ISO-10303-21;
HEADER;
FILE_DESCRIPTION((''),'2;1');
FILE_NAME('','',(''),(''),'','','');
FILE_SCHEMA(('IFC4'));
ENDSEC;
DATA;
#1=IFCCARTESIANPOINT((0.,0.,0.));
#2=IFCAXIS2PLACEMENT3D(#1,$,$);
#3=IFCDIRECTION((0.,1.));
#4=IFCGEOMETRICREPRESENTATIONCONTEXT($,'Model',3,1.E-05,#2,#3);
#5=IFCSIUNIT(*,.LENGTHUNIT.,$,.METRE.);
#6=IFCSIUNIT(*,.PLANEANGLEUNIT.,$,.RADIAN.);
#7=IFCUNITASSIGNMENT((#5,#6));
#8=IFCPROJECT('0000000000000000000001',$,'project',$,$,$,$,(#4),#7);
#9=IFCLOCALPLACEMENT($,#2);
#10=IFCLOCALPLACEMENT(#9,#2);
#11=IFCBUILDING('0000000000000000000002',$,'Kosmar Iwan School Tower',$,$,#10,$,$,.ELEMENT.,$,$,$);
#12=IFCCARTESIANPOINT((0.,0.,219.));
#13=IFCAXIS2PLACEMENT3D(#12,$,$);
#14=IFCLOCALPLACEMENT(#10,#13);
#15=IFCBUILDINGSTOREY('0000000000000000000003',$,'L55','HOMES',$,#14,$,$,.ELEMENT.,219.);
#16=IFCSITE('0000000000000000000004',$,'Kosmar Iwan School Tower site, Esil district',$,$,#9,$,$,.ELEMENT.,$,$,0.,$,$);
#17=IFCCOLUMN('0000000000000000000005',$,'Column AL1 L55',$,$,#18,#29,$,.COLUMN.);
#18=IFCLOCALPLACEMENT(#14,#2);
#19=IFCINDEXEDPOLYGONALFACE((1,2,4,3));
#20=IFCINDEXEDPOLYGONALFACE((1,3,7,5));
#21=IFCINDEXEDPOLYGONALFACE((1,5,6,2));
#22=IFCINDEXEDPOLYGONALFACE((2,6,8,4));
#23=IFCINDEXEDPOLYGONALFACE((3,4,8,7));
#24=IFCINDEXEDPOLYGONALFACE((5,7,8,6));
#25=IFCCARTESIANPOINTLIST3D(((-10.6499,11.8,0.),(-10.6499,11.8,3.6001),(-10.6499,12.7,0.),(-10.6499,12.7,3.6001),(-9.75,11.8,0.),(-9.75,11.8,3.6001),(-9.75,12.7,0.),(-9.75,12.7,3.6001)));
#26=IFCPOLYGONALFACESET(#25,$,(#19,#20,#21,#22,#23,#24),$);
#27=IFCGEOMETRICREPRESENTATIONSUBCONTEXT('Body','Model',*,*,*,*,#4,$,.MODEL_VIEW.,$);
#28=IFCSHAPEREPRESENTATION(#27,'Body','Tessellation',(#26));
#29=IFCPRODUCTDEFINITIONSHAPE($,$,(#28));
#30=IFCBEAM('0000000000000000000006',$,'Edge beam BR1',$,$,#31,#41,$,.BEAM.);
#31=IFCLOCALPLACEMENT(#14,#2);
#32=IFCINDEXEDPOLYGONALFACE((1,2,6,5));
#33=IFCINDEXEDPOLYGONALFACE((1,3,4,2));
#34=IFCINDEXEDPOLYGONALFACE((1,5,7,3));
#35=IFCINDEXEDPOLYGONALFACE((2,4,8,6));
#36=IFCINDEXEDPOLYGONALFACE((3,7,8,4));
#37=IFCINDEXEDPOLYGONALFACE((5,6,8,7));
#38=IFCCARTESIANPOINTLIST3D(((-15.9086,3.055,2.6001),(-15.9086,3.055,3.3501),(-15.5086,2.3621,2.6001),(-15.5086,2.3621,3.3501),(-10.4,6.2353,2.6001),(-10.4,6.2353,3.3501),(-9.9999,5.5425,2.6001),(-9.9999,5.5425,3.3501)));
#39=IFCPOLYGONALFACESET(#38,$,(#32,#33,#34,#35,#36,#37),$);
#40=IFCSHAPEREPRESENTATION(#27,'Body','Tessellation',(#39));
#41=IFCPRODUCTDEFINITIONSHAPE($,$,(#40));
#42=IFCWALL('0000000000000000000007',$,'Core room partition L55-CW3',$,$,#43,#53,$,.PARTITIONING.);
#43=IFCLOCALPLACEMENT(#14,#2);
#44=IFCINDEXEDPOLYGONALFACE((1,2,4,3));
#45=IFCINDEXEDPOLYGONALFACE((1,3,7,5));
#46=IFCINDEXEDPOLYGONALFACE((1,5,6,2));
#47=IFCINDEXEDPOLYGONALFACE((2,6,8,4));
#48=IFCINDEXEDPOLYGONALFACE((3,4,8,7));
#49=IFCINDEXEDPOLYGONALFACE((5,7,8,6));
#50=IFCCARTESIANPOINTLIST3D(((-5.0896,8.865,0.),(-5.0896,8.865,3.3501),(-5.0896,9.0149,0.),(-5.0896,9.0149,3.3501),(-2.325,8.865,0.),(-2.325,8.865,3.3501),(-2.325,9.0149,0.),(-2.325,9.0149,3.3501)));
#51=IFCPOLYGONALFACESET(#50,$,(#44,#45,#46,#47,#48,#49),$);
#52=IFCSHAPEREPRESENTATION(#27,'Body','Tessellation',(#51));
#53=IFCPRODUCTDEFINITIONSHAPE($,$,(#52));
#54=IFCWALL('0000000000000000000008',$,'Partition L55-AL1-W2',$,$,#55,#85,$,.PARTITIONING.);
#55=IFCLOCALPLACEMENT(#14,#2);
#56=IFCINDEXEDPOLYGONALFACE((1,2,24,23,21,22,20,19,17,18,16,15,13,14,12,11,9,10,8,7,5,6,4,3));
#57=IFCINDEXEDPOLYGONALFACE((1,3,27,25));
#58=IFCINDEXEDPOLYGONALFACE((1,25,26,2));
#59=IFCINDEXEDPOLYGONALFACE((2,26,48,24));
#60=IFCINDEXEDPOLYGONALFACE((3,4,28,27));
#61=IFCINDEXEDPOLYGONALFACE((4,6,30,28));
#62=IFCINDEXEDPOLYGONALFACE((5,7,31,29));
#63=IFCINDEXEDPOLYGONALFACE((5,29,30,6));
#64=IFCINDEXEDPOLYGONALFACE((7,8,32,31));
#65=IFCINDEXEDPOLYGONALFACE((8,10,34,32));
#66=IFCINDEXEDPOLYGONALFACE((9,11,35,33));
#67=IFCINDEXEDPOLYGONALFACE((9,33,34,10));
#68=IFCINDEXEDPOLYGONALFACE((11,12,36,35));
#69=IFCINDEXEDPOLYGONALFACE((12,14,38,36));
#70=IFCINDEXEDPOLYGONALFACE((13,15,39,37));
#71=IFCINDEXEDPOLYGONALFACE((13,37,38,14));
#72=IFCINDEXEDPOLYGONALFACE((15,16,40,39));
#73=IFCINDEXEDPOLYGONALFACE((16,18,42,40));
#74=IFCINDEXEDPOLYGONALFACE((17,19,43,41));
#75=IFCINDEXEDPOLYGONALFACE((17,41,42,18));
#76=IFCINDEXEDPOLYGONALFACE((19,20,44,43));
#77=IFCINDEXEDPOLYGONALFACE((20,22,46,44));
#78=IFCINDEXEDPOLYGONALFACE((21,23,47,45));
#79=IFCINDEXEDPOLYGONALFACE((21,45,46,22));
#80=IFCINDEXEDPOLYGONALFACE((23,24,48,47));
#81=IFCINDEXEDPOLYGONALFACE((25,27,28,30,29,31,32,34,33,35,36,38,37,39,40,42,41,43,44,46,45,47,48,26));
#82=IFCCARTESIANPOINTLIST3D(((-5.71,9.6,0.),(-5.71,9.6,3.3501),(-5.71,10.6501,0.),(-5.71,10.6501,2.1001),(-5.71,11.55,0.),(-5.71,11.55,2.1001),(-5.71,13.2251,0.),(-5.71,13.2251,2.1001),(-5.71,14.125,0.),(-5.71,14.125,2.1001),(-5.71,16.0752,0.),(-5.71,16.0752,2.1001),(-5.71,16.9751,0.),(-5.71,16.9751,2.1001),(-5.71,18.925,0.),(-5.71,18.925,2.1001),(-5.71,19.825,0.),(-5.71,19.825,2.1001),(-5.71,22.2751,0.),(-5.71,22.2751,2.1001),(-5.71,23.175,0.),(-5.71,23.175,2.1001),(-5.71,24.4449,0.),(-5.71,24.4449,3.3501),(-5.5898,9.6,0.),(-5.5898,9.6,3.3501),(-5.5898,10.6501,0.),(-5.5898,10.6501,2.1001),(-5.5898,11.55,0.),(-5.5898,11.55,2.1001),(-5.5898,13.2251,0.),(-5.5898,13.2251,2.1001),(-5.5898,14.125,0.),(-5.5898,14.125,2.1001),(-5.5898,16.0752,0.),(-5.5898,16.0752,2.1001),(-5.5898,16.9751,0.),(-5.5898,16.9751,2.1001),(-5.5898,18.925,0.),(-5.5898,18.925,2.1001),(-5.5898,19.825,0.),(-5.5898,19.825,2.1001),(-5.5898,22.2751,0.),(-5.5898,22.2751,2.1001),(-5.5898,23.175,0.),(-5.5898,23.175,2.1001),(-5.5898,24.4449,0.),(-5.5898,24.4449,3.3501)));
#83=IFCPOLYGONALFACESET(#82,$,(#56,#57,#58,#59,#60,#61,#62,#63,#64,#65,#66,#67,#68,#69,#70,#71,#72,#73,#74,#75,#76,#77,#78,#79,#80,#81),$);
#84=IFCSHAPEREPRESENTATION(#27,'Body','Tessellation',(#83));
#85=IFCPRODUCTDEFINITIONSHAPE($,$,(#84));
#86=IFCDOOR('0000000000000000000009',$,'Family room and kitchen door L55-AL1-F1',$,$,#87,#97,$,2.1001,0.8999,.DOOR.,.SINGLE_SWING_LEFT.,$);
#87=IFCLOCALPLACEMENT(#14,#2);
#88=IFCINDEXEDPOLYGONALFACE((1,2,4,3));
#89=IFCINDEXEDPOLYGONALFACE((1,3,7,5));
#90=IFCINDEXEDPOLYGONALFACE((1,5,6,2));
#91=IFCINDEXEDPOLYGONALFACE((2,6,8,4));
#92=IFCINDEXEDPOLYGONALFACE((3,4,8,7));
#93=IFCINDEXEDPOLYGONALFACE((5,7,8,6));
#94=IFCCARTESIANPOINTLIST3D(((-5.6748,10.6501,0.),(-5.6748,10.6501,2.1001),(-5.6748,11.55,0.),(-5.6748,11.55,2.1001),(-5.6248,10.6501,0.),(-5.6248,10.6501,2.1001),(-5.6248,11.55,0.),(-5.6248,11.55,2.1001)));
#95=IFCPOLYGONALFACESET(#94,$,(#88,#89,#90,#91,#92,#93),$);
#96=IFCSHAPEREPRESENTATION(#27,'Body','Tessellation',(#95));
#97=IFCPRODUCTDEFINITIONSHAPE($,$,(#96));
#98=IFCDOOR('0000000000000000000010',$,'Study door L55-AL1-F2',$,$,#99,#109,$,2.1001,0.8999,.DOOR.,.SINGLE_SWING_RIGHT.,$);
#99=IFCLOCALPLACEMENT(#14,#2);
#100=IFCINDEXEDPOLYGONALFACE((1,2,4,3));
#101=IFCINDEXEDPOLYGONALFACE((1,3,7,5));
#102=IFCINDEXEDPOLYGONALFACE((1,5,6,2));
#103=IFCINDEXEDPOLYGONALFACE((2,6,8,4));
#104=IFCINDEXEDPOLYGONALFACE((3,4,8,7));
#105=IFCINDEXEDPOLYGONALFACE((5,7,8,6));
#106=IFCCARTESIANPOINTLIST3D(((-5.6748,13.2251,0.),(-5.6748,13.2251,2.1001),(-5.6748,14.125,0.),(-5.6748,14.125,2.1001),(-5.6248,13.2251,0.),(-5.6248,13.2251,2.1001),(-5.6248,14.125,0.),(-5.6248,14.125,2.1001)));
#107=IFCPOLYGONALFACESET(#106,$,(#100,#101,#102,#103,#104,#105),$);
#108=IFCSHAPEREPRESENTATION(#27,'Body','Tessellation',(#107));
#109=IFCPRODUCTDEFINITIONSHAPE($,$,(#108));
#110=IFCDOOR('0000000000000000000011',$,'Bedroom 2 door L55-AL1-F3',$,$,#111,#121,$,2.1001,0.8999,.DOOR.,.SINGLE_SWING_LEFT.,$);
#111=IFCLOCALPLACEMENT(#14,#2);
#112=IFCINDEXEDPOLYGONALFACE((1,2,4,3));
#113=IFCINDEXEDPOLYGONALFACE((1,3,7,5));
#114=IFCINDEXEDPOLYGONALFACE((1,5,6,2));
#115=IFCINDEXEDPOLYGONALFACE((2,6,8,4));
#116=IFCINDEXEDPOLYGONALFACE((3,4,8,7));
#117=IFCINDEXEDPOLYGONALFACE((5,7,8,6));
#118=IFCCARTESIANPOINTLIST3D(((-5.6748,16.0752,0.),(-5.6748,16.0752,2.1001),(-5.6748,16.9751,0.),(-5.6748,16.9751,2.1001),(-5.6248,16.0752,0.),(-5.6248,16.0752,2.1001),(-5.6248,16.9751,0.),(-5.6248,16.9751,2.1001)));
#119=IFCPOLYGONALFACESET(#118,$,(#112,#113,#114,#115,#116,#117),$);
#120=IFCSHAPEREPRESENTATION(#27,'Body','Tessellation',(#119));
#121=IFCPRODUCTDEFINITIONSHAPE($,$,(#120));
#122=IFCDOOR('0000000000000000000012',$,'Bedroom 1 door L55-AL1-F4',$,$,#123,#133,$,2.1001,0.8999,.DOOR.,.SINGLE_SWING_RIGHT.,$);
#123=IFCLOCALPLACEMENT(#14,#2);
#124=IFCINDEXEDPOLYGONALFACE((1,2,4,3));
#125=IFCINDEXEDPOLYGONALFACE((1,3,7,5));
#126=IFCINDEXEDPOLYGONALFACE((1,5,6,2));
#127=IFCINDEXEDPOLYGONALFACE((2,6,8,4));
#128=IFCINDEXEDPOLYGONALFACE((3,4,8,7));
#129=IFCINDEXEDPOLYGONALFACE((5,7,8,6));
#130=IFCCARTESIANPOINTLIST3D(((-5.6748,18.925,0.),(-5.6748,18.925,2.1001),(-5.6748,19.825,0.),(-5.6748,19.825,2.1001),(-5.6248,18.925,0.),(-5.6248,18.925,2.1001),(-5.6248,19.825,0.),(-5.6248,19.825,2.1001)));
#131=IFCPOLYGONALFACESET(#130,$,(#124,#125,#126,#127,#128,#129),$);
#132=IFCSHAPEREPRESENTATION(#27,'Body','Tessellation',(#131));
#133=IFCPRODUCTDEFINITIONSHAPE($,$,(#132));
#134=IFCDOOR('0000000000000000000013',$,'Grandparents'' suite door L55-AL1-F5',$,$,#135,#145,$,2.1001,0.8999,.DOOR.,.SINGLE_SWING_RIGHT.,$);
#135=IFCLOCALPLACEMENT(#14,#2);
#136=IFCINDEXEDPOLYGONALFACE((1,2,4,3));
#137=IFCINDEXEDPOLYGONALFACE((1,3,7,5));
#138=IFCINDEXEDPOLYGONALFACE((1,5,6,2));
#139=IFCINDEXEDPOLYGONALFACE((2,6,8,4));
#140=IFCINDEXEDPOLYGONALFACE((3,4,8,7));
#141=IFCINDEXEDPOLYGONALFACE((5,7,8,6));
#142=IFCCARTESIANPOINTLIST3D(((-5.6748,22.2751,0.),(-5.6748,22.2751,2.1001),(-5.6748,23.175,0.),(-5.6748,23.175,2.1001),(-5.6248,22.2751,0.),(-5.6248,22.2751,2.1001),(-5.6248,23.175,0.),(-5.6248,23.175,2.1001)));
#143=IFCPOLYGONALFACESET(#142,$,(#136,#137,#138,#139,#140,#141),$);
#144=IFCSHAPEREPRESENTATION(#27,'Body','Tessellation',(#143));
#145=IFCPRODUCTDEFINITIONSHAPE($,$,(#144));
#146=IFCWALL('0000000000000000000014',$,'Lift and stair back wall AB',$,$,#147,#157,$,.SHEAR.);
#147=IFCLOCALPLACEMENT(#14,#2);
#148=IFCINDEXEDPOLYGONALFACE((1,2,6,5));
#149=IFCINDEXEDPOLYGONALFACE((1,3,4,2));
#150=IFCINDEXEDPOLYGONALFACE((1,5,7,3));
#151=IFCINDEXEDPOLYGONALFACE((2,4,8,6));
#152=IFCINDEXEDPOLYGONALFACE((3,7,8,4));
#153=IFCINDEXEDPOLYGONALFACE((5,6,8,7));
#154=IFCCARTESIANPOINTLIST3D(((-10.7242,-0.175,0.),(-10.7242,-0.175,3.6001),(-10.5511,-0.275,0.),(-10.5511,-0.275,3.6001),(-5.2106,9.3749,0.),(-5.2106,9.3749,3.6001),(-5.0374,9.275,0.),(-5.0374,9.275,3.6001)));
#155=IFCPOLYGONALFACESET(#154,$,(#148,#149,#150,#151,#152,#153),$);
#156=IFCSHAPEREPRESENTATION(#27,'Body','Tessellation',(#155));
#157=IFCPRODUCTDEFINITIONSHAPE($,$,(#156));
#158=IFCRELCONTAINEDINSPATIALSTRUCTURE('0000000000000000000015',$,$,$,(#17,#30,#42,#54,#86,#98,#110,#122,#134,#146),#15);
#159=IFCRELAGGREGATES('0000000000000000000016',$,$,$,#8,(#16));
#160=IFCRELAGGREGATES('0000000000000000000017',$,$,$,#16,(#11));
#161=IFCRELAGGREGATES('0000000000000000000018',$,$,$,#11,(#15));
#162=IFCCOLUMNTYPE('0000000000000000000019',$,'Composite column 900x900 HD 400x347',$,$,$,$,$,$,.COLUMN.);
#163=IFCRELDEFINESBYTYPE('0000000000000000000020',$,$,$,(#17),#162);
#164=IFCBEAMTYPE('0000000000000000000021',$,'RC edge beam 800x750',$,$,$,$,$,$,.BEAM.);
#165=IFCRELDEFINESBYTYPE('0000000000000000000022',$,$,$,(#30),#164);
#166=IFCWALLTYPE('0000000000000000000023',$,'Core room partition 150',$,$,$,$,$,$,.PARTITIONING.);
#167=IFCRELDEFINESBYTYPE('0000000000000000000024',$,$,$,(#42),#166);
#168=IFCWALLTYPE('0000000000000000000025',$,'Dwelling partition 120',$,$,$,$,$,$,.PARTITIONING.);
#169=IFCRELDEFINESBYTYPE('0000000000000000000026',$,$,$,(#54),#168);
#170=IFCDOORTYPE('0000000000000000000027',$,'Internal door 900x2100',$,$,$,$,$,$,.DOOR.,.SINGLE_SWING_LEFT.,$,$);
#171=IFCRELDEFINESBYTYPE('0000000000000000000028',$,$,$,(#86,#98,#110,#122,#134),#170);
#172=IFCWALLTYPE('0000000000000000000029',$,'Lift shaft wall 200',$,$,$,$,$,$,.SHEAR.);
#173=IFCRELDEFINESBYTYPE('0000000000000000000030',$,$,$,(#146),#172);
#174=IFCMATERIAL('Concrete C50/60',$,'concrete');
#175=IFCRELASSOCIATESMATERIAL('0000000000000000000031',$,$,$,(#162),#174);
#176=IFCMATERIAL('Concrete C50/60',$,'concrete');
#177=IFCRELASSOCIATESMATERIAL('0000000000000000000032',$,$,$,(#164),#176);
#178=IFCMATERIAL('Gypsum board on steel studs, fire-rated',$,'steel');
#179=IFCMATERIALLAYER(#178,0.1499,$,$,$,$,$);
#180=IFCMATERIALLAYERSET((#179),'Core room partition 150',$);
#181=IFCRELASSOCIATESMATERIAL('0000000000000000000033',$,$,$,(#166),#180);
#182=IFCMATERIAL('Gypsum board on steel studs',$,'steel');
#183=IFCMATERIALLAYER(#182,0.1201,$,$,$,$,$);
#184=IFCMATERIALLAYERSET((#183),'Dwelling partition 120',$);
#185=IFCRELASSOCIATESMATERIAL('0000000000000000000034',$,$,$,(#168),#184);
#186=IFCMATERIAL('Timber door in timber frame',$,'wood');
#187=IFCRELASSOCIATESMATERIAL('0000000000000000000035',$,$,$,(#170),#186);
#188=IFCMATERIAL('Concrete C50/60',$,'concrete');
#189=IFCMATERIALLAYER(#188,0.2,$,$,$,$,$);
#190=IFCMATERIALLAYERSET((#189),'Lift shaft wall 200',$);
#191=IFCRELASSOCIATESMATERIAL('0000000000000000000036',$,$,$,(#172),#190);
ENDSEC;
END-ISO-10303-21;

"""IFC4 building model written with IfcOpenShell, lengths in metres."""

from ifc_helpers import new_model, si_unit, direction, frame, frame_2d, origin, origin_2d, place, context, subcontext, project, spatial, rectangle, extrude, material, layer, layer_set, material_profile, profile_set, type_object, element, fill, save


model = new_model("IFC4")

# Units and contexts
model_context = context("Model", 3, precision=1e-05, world=origin(), true_north=direction((0.0, 1.0)))
body_context = subcontext(model_context, "Body", "Model", "MODEL_VIEW")
ifc_project = project(units=[si_unit("LENGTHUNIT", "METRE"), si_unit("PLANEANGLEUNIT", "RADIAN")], contexts=[model_context])

# Site, building, storey
site_placement = place(None, origin())
site = spatial("IfcSite", under=ifc_project, at=site_placement, Name="Kosmar Iwan School Tower site, Esil district", CompositionType="ELEMENT", RefElevation=0.0)
building_placement = place(site_placement, origin())
building = spatial("IfcBuilding", under=site, at=building_placement, Name="Kosmar Iwan School Tower", CompositionType="ELEMENT")
storey_placement = place(building_placement, frame((0.0, 0.0, 219.0)))
storey = spatial("IfcBuildingStorey", under=building, at=storey_placement, Name="L55", Description="HOMES", CompositionType="ELEMENT", Elevation=219.0)

# Column
ifc_material_1 = material(Name="Concrete C50/60", Category="concrete")
ifc_material_profile_1 = material_profile(ifc_material_1, rectangle(XDim=0.8999, YDim=0.8999, at=origin_2d()), Name="RC 900x900 + HD 400x347")
ifc_profile_set_1 = profile_set([ifc_material_profile_1], Name="Concrete C50/60")
column_type = type_object("IfcColumnType", Name="Composite column 900x900 HD 400x347", PredefinedType="COLUMN", material=ifc_profile_set_1)
column_placement = place(storey_placement, frame((-10.2, 12.25, 0.0), z_axis=(0.0, 0.0, 1.0), x_axis=(0.0, 1.0, 0.0)))
element("IfcColumn", 1, at=column_placement, inside=storey, type_object=column_type, Name="Column AL1 L55", PredefinedType="COLUMN", context=body_context, shape_type="SweptSolid", body=[
    extrude(rectangle(XDim=0.8999, YDim=0.8999, at=origin_2d()), origin(), (0.0, 0.0, 1.0), 3.6001),
])

# Beam
ifc_material_2 = material(Name="Concrete C50/60", Category="concrete")
ifc_material_profile_2 = material_profile(ifc_material_2, rectangle(XDim=0.8, YDim=0.75, at=origin_2d()), Name="RC 800x750")
ifc_profile_set_2 = profile_set([ifc_material_profile_2], Name="Concrete C50/60")
beam_type = type_object("IfcBeamType", Name="RC edge beam 800x750", PredefinedType="BEAM", material=ifc_profile_set_2)
beam_placement = place(storey_placement, frame((-10.2, 5.8889, 2.9751), z_axis=(-0.866031, -0.49999, 0.0), x_axis=(0.49999, -0.866031, 0.0)))
element("IfcBeam", 2, at=beam_placement, inside=storey, type_object=beam_type, Name="Edge beam BR1", PredefinedType="BEAM", context=body_context, shape_type="SweptSolid", body=[
    extrude(rectangle(XDim=0.8, YDim=0.75, at=origin_2d()), origin(), (0.0, 0.0, 1.0), 6.3608),
])

# Wall
ifc_material_3 = material(Name="Gypsum board on steel studs, fire-rated", Category="steel")
ifc_layer_1 = layer(ifc_material_3, 0.1499)
ifc_layer_set_1 = layer_set([ifc_layer_1], Name="Core room partition 150")
wall_type_1 = type_object("IfcWallType", Name="Core room partition 150", PredefinedType="PARTITIONING", material=ifc_layer_set_1)
wall_1_placement = place(storey_placement, frame((-5.0896, 8.9399, 0.0), z_axis=(0.0, 0.0, 1.0), x_axis=(1.0, 0.0, 0.0)))
element("IfcWall", 3, at=wall_1_placement, inside=storey, type_object=wall_type_1, Name="Core room partition L55-CW3", PredefinedType="PARTITIONING", context=body_context, shape_type="SweptSolid", body=[
    extrude(rectangle(XDim=2.7646, YDim=0.1499, at=frame_2d((1.3823, 0.0))), origin(), (0.0, 0.0, 1.0), 3.3501),
])

# Wall, openings, doors
ifc_material_4 = material(Name="Gypsum board on steel studs", Category="steel")
ifc_layer_2 = layer(ifc_material_4, 0.1201)
ifc_layer_set_2 = layer_set([ifc_layer_2], Name="Dwelling partition 120")
wall_type_2 = type_object("IfcWallType", Name="Dwelling partition 120", PredefinedType="PARTITIONING", material=ifc_layer_set_2)
wall_2_placement = place(storey_placement, frame((-5.6499, 9.6001, 0.0), z_axis=(0.0, 0.0, 1.0), x_axis=(0.0, 1.0, 0.0)))
wall_2 = element("IfcWall", 4, at=wall_2_placement, inside=storey, type_object=wall_type_2, Name="Partition L55-AL1-W2", PredefinedType="PARTITIONING", context=body_context, shape_type="SweptSolid", body=[
    extrude(rectangle(XDim=14.845, YDim=0.1201, at=frame_2d((7.4224, 0.0))), origin(), (0.0, 0.0, 1.0), 3.3501),
])
opening_1_placement = place(wall_2_placement, frame((1.05, 0.0, 0.0)))
opening_1 = element("IfcOpeningElement", 5, at=opening_1_placement, cuts=wall_2, PredefinedType="OPENING", context=body_context, shape_type="SweptSolid", body=[
    extrude(rectangle(XDim=0.8999, YDim=2.1001, at=frame_2d((0.45, 1.05))), frame((0.0, 0.072, 0.0), z_axis=(0.0, -1.0, 0.0), x_axis=(1.0, 0.0, 0.0)), (0.0, 0.0, 1.0), 0.144),
])
opening_2_placement = place(wall_2_placement, frame((3.625, 0.0, 0.0)))
opening_2 = element("IfcOpeningElement", 6, at=opening_2_placement, cuts=wall_2, PredefinedType="OPENING", context=body_context, shape_type="SweptSolid", body=[
    extrude(rectangle(XDim=0.8999, YDim=2.1001, at=frame_2d((0.45, 1.05))), frame((0.0, 0.072, 0.0), z_axis=(0.0, -1.0, 0.0), x_axis=(1.0, 0.0, 0.0)), (0.0, 0.0, 1.0), 0.144),
])
opening_3_placement = place(wall_2_placement, frame((6.4751, 0.0, 0.0)))
opening_3 = element("IfcOpeningElement", 7, at=opening_3_placement, cuts=wall_2, PredefinedType="OPENING", context=body_context, shape_type="SweptSolid", body=[
    extrude(rectangle(XDim=0.8999, YDim=2.1001, at=frame_2d((0.45, 1.05))), frame((0.0, 0.072, 0.0), z_axis=(0.0, -1.0, 0.0), x_axis=(1.0, 0.0, 0.0)), (0.0, 0.0, 1.0), 0.144),
])
opening_4_placement = place(wall_2_placement, frame((9.325, 0.0, 0.0)))
opening_4 = element("IfcOpeningElement", 8, at=opening_4_placement, cuts=wall_2, PredefinedType="OPENING", context=body_context, shape_type="SweptSolid", body=[
    extrude(rectangle(XDim=0.8999, YDim=2.1001, at=frame_2d((0.45, 1.05))), frame((0.0, 0.072, 0.0), z_axis=(0.0, -1.0, 0.0), x_axis=(1.0, 0.0, 0.0)), (0.0, 0.0, 1.0), 0.144),
])
opening_5_placement = place(wall_2_placement, frame((12.675, 0.0, 0.0)))
opening_5 = element("IfcOpeningElement", 9, at=opening_5_placement, cuts=wall_2, PredefinedType="OPENING", context=body_context, shape_type="SweptSolid", body=[
    extrude(rectangle(XDim=0.8999, YDim=2.1001, at=frame_2d((0.45, 1.05))), frame((0.0, 0.072, 0.0), z_axis=(0.0, -1.0, 0.0), x_axis=(1.0, 0.0, 0.0)), (0.0, 0.0, 1.0), 0.144),
])
ifc_material_5 = material(Name="Timber door in timber frame", Category="wood")
door_type = type_object("IfcDoorType", Name="Internal door 900x2100", OperationType="SINGLE_SWING_LEFT", PredefinedType="DOOR", material=ifc_material_5)
door_1_placement = place(opening_1_placement, origin())
door_1 = element("IfcDoor", 10, at=door_1_placement, inside=storey, type_object=door_type, Name="Family room and kitchen door L55-AL1-F1", OperationType="SINGLE_SWING_LEFT", OverallHeight=2.1001, OverallWidth=0.8999, PredefinedType="DOOR", context=body_context, shape_type="SweptSolid", body=[
    extrude(rectangle(XDim=0.8999, YDim=2.1001, at=frame_2d((0.45, 1.05))), frame((0.0, 0.0249, 0.0), z_axis=(0.0, -1.0, 0.0), x_axis=(1.0, 0.0, 0.0)), (0.0, 0.0, 1.0), 0.05),
])
fill(opening_1, door_1)
door_2_placement = place(opening_2_placement, origin())
door_2 = element("IfcDoor", 11, at=door_2_placement, inside=storey, type_object=door_type, Name="Study door L55-AL1-F2", OperationType="SINGLE_SWING_RIGHT", OverallHeight=2.1001, OverallWidth=0.8999, PredefinedType="DOOR", context=body_context, shape_type="SweptSolid", body=[
    extrude(rectangle(XDim=0.8999, YDim=2.1001, at=frame_2d((0.45, 1.05))), frame((0.0, 0.0249, 0.0), z_axis=(0.0, -1.0, 0.0), x_axis=(1.0, 0.0, 0.0)), (0.0, 0.0, 1.0), 0.05),
])
fill(opening_2, door_2)
door_3_placement = place(opening_3_placement, origin())
door_3 = element("IfcDoor", 12, at=door_3_placement, inside=storey, type_object=door_type, Name="Bedroom 2 door L55-AL1-F3", OperationType="SINGLE_SWING_LEFT", OverallHeight=2.1001, OverallWidth=0.8999, PredefinedType="DOOR", context=body_context, shape_type="SweptSolid", body=[
    extrude(rectangle(XDim=0.8999, YDim=2.1001, at=frame_2d((0.45, 1.05))), frame((0.0, 0.0249, 0.0), z_axis=(0.0, -1.0, 0.0), x_axis=(1.0, 0.0, 0.0)), (0.0, 0.0, 1.0), 0.05),
])
fill(opening_3, door_3)
door_4_placement = place(opening_4_placement, origin())
door_4 = element("IfcDoor", 13, at=door_4_placement, inside=storey, type_object=door_type, Name="Bedroom 1 door L55-AL1-F4", OperationType="SINGLE_SWING_RIGHT", OverallHeight=2.1001, OverallWidth=0.8999, PredefinedType="DOOR", context=body_context, shape_type="SweptSolid", body=[
    extrude(rectangle(XDim=0.8999, YDim=2.1001, at=frame_2d((0.45, 1.05))), frame((0.0, 0.0249, 0.0), z_axis=(0.0, -1.0, 0.0), x_axis=(1.0, 0.0, 0.0)), (0.0, 0.0, 1.0), 0.05),
])
fill(opening_4, door_4)
door_5_placement = place(opening_5_placement, origin())
door_5 = element("IfcDoor", 14, at=door_5_placement, inside=storey, type_object=door_type, Name="Grandparents' suite door L55-AL1-F5", OperationType="SINGLE_SWING_RIGHT", OverallHeight=2.1001, OverallWidth=0.8999, PredefinedType="DOOR", context=body_context, shape_type="SweptSolid", body=[
    extrude(rectangle(XDim=0.8999, YDim=2.1001, at=frame_2d((0.45, 1.05))), frame((0.0, 0.0249, 0.0), z_axis=(0.0, -1.0, 0.0), x_axis=(1.0, 0.0, 0.0)), (0.0, 0.0, 1.0), 0.05),
])
fill(opening_5, door_5)

# Wall
ifc_material_6 = material(Name="Concrete C50/60", Category="concrete")
ifc_layer_3 = layer(ifc_material_6, 0.2)
ifc_layer_set_3 = layer_set([ifc_layer_3], Name="Lift shaft wall 200")
wall_type_3 = type_object("IfcWallType", Name="Lift shaft wall 200", PredefinedType="SHEAR", material=ifc_layer_set_3)
wall_3_placement = place(storey_placement, frame((-5.124, 9.325, 0.0), z_axis=(0.0, 0.0, 1.0), x_axis=(-0.499997, -0.866027, 0.0)))
element("IfcWall", 15, at=wall_3_placement, inside=storey, type_object=wall_type_3, Name="Lift and stair back wall AB", PredefinedType="SHEAR", context=body_context, shape_type="SweptSolid", body=[
    extrude(rectangle(XDim=11.0273, YDim=0.2, at=frame_2d((5.5137, 0.0))), origin(), (0.0, 0.0, 1.0), 3.6001),
])

save(model, "model.ifc")
